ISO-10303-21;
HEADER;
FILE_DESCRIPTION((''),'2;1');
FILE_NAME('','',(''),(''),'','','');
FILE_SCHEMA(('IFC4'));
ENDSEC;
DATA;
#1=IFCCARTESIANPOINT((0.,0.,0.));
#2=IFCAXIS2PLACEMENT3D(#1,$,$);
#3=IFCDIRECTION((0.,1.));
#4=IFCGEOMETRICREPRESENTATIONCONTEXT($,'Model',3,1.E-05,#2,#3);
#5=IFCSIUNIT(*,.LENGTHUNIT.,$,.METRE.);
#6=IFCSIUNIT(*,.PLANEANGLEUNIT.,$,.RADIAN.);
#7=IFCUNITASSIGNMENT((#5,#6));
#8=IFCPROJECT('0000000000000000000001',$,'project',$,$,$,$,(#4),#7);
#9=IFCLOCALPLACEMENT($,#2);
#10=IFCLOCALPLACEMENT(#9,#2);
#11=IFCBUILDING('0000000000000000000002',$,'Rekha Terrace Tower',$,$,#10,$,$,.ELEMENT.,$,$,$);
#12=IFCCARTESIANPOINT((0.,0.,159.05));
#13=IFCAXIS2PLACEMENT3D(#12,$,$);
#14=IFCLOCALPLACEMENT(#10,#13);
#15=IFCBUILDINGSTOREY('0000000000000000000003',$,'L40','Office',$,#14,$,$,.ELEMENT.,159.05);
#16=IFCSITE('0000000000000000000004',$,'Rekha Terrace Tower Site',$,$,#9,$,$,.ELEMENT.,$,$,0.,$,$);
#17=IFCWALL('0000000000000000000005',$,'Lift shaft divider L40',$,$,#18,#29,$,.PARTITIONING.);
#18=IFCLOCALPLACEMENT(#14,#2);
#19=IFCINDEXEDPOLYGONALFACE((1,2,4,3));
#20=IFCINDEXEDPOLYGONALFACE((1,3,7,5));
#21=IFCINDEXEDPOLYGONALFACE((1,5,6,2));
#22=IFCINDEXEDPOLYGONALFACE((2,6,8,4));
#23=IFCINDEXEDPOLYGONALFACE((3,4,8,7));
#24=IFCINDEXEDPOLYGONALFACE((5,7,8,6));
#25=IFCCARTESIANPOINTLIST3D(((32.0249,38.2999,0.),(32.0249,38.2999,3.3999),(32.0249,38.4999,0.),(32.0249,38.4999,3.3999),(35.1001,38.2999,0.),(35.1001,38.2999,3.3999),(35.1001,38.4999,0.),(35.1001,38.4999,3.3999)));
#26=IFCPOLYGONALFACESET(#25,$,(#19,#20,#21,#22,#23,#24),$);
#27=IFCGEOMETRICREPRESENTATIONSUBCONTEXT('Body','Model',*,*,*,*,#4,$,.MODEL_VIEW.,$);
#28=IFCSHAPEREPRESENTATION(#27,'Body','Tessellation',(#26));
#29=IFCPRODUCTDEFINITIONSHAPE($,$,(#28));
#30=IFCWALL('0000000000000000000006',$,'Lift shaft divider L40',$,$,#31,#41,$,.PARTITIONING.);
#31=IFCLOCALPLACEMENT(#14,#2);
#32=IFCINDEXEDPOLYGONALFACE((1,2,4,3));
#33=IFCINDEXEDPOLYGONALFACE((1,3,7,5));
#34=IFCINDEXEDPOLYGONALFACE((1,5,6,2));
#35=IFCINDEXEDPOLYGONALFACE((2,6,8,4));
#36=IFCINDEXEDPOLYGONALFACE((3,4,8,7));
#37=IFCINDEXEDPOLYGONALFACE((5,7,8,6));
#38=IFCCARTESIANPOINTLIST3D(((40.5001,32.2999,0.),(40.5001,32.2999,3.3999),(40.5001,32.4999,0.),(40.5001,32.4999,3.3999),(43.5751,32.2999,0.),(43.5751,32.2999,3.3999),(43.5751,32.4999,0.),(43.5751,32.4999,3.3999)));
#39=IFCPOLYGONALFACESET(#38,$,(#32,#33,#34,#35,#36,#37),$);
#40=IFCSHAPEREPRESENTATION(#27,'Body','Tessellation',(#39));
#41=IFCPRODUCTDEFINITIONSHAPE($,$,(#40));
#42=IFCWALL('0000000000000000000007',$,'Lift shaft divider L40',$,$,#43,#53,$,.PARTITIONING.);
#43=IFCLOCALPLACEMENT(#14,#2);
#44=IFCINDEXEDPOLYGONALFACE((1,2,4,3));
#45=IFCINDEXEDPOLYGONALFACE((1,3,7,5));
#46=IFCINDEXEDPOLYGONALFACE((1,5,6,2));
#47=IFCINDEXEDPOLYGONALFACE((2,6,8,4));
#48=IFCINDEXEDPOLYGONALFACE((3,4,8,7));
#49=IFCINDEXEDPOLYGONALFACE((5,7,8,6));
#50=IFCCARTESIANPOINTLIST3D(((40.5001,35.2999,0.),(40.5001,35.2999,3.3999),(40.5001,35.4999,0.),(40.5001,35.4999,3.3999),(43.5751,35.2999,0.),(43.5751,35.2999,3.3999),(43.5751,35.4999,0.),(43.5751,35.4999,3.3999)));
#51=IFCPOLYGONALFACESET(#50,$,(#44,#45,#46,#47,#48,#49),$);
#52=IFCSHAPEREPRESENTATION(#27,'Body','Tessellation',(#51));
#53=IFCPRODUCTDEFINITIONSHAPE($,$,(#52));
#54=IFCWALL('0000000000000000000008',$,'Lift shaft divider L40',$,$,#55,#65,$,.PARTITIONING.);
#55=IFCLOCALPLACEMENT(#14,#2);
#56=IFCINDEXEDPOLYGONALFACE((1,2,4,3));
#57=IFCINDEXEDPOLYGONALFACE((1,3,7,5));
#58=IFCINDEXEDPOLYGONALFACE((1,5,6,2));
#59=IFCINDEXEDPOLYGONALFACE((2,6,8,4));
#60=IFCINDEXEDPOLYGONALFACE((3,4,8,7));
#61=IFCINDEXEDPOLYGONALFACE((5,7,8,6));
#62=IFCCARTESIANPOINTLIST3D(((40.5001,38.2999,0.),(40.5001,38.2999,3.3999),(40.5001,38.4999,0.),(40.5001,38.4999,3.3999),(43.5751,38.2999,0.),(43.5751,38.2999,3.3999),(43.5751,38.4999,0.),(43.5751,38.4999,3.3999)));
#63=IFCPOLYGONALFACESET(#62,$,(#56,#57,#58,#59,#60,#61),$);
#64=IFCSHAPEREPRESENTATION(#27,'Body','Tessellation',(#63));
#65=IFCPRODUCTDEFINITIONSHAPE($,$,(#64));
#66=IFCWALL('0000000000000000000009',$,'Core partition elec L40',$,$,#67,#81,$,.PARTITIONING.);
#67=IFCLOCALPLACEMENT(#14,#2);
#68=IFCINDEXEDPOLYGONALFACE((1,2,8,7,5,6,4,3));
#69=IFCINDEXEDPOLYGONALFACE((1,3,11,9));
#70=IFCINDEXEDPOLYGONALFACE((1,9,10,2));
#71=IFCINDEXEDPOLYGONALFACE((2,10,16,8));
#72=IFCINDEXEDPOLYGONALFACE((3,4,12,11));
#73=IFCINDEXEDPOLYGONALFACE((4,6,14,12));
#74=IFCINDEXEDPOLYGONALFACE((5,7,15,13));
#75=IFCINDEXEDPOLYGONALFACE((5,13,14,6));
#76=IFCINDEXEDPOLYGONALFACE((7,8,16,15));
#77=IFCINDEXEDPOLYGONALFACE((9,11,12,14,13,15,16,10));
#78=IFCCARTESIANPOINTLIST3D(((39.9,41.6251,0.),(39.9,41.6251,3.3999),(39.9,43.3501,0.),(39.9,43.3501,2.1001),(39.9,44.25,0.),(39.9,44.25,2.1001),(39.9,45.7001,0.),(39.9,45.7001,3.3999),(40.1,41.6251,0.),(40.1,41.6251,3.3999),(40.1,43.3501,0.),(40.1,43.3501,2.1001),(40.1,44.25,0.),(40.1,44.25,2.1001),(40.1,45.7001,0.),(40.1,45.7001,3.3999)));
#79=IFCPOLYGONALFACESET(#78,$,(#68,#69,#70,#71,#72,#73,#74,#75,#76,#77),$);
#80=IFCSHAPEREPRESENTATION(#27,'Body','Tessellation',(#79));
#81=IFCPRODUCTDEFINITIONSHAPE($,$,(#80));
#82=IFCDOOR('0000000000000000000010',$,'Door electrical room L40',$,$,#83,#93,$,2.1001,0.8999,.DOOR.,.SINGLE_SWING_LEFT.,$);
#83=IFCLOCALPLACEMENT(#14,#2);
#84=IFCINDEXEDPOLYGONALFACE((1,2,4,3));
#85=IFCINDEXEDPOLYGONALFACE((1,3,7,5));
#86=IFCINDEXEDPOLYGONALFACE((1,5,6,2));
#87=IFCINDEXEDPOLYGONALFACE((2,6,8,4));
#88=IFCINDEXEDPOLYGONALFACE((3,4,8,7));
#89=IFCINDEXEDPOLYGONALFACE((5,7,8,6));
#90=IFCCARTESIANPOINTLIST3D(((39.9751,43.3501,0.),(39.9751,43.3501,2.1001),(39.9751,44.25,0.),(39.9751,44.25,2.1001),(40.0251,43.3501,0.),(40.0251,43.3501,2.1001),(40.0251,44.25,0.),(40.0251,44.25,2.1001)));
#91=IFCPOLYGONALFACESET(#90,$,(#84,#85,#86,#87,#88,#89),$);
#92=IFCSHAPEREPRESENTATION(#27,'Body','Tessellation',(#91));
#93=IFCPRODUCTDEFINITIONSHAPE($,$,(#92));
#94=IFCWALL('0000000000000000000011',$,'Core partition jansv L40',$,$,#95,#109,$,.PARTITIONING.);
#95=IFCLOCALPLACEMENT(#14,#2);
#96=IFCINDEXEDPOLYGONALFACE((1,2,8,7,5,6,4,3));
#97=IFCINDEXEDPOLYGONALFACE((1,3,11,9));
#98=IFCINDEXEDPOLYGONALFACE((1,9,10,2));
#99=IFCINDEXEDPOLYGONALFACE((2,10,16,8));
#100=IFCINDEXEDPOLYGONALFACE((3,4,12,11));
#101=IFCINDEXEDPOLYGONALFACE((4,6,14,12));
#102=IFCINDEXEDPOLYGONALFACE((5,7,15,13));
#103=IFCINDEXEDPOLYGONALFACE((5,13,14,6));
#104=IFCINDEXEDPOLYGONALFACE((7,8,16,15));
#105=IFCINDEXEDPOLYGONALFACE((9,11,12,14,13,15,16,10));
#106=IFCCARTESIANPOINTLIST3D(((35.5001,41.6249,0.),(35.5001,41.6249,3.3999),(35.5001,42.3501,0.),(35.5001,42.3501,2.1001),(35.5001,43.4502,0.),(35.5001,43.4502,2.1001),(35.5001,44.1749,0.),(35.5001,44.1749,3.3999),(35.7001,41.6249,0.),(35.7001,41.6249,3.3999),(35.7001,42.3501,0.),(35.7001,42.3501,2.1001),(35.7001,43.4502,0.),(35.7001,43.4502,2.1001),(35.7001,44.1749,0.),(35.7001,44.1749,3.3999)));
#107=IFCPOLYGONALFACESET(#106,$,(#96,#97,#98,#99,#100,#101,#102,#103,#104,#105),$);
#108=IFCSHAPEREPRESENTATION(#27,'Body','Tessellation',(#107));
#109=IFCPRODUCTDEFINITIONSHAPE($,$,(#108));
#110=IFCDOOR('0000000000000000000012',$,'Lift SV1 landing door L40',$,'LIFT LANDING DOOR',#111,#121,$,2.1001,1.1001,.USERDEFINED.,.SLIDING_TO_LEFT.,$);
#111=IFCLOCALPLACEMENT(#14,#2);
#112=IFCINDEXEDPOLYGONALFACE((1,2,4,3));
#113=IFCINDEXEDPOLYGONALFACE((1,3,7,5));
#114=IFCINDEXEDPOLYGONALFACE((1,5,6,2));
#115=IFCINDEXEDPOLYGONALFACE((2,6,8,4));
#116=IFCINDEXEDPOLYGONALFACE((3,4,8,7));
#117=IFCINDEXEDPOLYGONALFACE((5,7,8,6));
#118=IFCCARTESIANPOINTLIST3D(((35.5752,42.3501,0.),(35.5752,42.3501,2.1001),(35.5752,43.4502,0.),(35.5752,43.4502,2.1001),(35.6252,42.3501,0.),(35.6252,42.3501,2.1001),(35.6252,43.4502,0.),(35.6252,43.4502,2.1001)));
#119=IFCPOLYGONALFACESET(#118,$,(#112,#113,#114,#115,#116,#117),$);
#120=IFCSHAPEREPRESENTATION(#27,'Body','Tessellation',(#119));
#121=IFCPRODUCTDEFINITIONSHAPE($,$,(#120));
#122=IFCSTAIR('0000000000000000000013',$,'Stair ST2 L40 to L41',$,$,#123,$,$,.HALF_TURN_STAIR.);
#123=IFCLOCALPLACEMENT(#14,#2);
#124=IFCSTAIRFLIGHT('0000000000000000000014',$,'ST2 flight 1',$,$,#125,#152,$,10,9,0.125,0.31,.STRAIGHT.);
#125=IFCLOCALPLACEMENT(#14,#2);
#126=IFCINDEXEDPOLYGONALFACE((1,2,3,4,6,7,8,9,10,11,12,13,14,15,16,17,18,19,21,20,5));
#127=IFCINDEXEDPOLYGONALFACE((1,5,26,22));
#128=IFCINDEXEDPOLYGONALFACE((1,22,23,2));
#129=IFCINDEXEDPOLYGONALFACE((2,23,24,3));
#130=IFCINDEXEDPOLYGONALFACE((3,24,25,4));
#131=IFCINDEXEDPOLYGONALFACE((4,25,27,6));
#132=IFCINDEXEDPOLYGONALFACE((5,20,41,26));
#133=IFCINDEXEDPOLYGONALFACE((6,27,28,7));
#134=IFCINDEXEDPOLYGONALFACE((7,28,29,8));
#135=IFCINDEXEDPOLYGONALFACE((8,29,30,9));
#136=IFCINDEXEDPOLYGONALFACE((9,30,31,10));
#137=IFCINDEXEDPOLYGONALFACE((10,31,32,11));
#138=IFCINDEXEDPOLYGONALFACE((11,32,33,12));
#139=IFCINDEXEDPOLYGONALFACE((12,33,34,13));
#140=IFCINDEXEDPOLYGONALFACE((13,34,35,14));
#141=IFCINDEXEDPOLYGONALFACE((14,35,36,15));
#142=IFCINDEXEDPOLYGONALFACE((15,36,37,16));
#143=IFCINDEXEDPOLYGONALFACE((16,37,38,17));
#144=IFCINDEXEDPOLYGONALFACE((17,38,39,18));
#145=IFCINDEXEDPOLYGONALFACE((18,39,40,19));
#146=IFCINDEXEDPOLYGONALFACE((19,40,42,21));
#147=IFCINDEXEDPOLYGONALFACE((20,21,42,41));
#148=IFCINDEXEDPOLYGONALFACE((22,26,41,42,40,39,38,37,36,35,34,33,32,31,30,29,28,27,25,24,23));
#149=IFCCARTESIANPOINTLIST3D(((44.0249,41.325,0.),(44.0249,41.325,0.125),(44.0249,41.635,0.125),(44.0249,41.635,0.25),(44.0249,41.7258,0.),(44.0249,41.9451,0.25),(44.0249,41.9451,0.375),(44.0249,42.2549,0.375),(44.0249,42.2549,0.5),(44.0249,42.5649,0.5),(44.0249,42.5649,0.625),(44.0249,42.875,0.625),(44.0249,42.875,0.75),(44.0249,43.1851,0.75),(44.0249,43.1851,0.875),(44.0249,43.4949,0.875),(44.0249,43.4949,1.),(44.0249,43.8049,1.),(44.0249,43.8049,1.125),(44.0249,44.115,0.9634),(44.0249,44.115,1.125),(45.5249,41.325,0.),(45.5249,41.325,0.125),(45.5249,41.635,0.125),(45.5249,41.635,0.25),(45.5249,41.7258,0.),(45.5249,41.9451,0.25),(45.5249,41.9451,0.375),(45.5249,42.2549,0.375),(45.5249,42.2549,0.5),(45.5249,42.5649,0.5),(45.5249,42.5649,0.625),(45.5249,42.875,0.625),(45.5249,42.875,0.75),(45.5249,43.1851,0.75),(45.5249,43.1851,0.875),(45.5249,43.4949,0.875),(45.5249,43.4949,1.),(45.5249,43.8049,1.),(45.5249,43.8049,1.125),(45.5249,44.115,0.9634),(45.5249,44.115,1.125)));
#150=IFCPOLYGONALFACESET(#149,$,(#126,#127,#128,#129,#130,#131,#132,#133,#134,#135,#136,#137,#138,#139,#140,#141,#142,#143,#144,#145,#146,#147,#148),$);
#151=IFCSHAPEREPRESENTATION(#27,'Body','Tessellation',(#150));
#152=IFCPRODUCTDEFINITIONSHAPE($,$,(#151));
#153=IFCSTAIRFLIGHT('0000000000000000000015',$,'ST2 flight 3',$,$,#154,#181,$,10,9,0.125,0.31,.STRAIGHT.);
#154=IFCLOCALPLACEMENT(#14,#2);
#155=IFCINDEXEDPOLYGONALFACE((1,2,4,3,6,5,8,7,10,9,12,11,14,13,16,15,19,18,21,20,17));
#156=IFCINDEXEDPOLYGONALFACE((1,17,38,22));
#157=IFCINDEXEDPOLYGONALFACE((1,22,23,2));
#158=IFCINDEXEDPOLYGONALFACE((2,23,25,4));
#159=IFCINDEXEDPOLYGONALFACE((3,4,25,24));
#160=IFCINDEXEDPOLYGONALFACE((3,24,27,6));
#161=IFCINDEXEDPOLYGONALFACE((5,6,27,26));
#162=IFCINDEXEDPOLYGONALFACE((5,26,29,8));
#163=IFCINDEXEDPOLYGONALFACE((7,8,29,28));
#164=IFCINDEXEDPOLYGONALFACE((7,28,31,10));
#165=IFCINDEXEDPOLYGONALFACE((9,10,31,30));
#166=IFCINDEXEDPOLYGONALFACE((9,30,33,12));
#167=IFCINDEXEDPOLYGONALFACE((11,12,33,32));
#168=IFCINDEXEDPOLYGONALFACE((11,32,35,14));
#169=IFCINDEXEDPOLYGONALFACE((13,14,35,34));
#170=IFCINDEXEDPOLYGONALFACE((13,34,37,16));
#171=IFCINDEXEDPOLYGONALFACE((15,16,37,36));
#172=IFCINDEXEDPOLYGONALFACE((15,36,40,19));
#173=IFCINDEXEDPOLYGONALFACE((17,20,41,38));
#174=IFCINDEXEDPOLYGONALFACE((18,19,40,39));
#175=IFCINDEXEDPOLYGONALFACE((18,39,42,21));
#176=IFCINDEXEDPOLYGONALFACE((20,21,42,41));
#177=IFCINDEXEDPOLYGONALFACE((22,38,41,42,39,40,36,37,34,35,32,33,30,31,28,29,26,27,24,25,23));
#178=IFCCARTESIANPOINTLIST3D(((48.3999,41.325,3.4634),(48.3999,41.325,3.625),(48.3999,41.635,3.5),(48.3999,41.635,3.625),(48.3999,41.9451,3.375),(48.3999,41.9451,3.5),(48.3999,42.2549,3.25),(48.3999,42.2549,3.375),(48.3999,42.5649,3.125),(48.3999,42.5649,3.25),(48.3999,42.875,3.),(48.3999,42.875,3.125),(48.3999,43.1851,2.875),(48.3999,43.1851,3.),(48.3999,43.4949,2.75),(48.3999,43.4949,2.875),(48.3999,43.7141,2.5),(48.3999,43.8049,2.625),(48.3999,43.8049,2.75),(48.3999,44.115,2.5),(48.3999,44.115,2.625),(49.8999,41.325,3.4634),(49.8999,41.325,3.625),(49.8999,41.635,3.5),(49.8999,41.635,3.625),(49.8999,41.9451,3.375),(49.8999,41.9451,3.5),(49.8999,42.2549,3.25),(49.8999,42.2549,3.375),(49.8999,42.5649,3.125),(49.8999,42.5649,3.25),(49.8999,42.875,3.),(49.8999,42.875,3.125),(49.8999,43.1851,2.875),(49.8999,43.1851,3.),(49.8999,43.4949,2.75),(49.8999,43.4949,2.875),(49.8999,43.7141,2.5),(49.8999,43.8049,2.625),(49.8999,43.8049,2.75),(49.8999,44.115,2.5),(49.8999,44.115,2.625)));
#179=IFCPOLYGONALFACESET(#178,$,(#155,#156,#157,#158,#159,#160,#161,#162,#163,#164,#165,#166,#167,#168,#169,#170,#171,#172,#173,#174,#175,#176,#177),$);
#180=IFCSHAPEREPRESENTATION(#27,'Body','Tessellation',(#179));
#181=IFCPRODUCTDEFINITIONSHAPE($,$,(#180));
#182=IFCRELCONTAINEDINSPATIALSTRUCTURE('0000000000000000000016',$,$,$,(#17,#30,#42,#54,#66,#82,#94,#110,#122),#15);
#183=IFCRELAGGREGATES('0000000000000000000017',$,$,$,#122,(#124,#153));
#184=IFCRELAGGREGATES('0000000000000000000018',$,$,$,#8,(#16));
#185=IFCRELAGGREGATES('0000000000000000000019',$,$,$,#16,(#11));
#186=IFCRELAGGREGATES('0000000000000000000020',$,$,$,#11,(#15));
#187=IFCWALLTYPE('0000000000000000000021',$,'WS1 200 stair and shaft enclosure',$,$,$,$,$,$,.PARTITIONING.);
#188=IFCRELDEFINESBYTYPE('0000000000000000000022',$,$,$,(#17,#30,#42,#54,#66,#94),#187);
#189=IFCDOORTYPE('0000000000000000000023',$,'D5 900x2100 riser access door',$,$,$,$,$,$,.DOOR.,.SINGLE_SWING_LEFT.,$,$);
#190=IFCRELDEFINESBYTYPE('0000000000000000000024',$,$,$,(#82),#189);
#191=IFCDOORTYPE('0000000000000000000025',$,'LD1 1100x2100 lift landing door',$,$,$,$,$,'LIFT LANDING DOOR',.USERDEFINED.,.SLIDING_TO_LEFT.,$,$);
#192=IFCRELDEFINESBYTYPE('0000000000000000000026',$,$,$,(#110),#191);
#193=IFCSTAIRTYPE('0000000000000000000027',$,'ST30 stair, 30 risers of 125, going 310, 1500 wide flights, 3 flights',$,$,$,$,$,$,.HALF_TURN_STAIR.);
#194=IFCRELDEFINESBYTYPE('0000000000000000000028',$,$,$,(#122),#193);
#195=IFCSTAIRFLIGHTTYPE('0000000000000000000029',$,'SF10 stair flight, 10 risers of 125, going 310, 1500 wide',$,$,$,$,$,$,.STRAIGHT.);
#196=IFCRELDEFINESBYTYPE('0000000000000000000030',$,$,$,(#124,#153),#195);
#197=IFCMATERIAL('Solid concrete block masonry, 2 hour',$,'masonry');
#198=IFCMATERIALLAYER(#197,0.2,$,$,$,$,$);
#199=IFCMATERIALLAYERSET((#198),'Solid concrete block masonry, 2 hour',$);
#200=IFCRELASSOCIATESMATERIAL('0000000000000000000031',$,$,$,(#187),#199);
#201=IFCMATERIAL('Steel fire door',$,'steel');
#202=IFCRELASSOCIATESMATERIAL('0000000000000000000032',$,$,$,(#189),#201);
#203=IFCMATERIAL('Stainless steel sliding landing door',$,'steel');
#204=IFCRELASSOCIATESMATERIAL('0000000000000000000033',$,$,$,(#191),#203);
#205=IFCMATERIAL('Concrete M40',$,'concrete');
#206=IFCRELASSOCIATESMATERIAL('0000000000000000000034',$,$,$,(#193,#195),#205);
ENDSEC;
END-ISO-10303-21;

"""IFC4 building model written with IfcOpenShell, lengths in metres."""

from ifc_helpers import new_model, si_unit, direction, frame, frame_2d, origin, place, context, subcontext, project, spatial, polyline, rectangle, outline, extrude, material, layer, layer_set, type_object, element, fill, aggregate, save


model = new_model("IFC4")

# Units and contexts
model_context = context("Model", 3, precision=1e-05, world=origin(), true_north=direction((0.0, 1.0)))
body_context = subcontext(model_context, "Body", "Model", "MODEL_VIEW")
ifc_project = project(units=[si_unit("LENGTHUNIT", "METRE"), si_unit("PLANEANGLEUNIT", "RADIAN")], contexts=[model_context])

# Site, building, storey
site_placement = place(None, origin())
site = spatial("IfcSite", under=ifc_project, at=site_placement, Name="Rekha Terrace Tower Site", CompositionType="ELEMENT", RefElevation=0.0)
building_placement = place(site_placement, origin())
building = spatial("IfcBuilding", under=site, at=building_placement, Name="Rekha Terrace Tower", CompositionType="ELEMENT")
storey_placement = place(building_placement, frame((0.0, 0.0, 159.05)))
storey = spatial("IfcBuildingStorey", under=building, at=storey_placement, Name="L40", Description="Office", CompositionType="ELEMENT", Elevation=159.05)

# Shared definitions
ifc_material_1 = material(Name="Stainless steel sliding landing door", Category="steel")
ifc_material_2 = material(Name="Steel fire door", Category="steel")

# Walls
ifc_material_3 = material(Name="Solid concrete block masonry, 2 hour", Category="masonry")
ifc_layer_1 = layer(ifc_material_3, 0.2)
ifc_layer_set_1 = layer_set([ifc_layer_1], Name="Solid concrete block masonry, 2 hour")
wall_type_1 = type_object("IfcWallType", Name="WS1 200 stair and shaft enclosure", PredefinedType="PARTITIONING", material=ifc_layer_set_1)
for number, where, z_axis, x_axis, name in (
    (1, (32.0249, 38.3999, 0.0), (0.0, 0.0, 1.0), (1.0, 0.0, 0.0), "Lift shaft divider L40"),
):
    element("IfcWall", number, at=place(storey_placement, frame(where, z_axis=z_axis, x_axis=x_axis)), inside=storey, type_object=wall_type_1, Name=name, PredefinedType="PARTITIONING", context=body_context, shape_type="SweptSolid", body=[
        extrude(rectangle(XDim=3.0752, YDim=0.2, at=frame_2d((1.5376, 0.0))), origin(), (0.0, 0.0, 1.0), 3.3999),
    ])
for number, where, z_axis, x_axis, name in (
    (2, (40.5, 32.3999, 0.0), (0.0, 0.0, 1.0), (1.0, 0.0, 0.0), "Lift shaft divider L40"),
    (3, (40.5, 35.3999, 0.0), (0.0, 0.0, 1.0), (1.0, 0.0, 0.0), "Lift shaft divider L40"),
    (4, (40.5, 38.3999, 0.0), (0.0, 0.0, 1.0), (1.0, 0.0, 0.0), "Lift shaft divider L40"),
):
    element("IfcWall", number, at=place(storey_placement, frame(where, z_axis=z_axis, x_axis=x_axis)), inside=storey, type_object=wall_type_1, Name=name, PredefinedType="PARTITIONING", context=body_context, shape_type="SweptSolid", body=[
        extrude(rectangle(XDim=3.075, YDim=0.2, at=frame_2d((1.5376, 0.0))), origin(), (0.0, 0.0, 1.0), 3.3999),
    ])

# Walls, openings, doors
wall_1_placement = place(storey_placement, frame((40.0, 41.625, 0.0), z_axis=(0.0, 0.0, 1.0), x_axis=(0.0, 1.0, 0.0)))
wall_1 = element("IfcWall", 5, at=wall_1_placement, inside=storey, type_object=wall_type_1, Name="Core partition elec L40", PredefinedType="PARTITIONING", context=body_context, shape_type="SweptSolid", body=[
    extrude(rectangle(XDim=4.075, YDim=0.2, at=frame_2d((2.0376, 0.0))), origin(), (0.0, 0.0, 1.0), 3.3999),
])
opening_1_placement = place(wall_1_placement, frame((1.7251, 0.0, 0.0)))
opening_1 = element("IfcOpeningElement", 6, at=opening_1_placement, cuts=wall_1, PredefinedType="OPENING", context=body_context, shape_type="SweptSolid", body=[
    extrude(rectangle(XDim=0.8999, YDim=2.1001, at=frame_2d((0.45, 1.05))), frame((0.0, 0.1099, 0.0), z_axis=(0.0, -1.0, 0.0), x_axis=(1.0, 0.0, 0.0)), (0.0, 0.0, 1.0), 0.22),
])
door_type_1 = type_object("IfcDoorType", Name="D5 900x2100 riser access door", OperationType="SINGLE_SWING_LEFT", PredefinedType="DOOR", material=ifc_material_2)
door_1_placement = place(opening_1_placement, origin())
door_1 = element("IfcDoor", 7, at=door_1_placement, inside=storey, type_object=door_type_1, Name="Door electrical room L40", OperationType="SINGLE_SWING_LEFT", OverallHeight=2.1001, OverallWidth=0.8999, PredefinedType="DOOR", context=body_context, shape_type="SweptSolid", body=[
    extrude(rectangle(XDim=0.8999, YDim=2.1001, at=frame_2d((0.45, 1.05))), frame((0.0, 0.0249, 0.0), z_axis=(0.0, -1.0, 0.0), x_axis=(1.0, 0.0, 0.0)), (0.0, 0.0, 1.0), 0.05),
])
fill(opening_1, door_1)
wall_2_placement = place(storey_placement, frame((35.6001, 41.625, 0.0), z_axis=(0.0, 0.0, 1.0), x_axis=(0.0, 1.0, 0.0)))
wall_2 = element("IfcWall", 8, at=wall_2_placement, inside=storey, type_object=wall_type_1, Name="Core partition jansv L40", PredefinedType="PARTITIONING", context=body_context, shape_type="SweptSolid", body=[
    extrude(rectangle(XDim=2.55, YDim=0.2, at=frame_2d((1.2749, 0.0))), origin(), (0.0, 0.0, 1.0), 3.3999),
])
opening_2_placement = place(wall_2_placement, frame((0.7251, 0.0, 0.0)))
opening_2 = element("IfcOpeningElement", 9, at=opening_2_placement, cuts=wall_2, PredefinedType="OPENING", context=body_context, shape_type="SweptSolid", body=[
    extrude(rectangle(XDim=1.1001, YDim=2.1001, at=frame_2d((0.55, 1.05))), frame((0.0, 0.1099, 0.0), z_axis=(0.0, -1.0, 0.0), x_axis=(1.0, 0.0, 0.0)), (0.0, 0.0, 1.0), 0.22),
])
door_type_2 = type_object("IfcDoorType", Name="LD1 1100x2100 lift landing door", ElementType="LIFT LANDING DOOR", OperationType="SLIDING_TO_LEFT", PredefinedType="USERDEFINED", material=ifc_material_1)
door_2_placement = place(opening_2_placement, origin())
door_2 = element("IfcDoor", 10, at=door_2_placement, inside=storey, type_object=door_type_2, Name="Lift SV1 landing door L40", ObjectType="LIFT LANDING DOOR", OperationType="SLIDING_TO_LEFT", OverallHeight=2.1001, OverallWidth=1.1001, PredefinedType="USERDEFINED", context=body_context, shape_type="SweptSolid", body=[
    extrude(rectangle(XDim=1.1001, YDim=2.1001, at=frame_2d((0.55, 1.05))), frame((0.0, 0.0249, 0.0), z_axis=(0.0, -1.0, 0.0), x_axis=(1.0, 0.0, 0.0)), (0.0, 0.0, 1.0), 0.05),
])
fill(opening_2, door_2)

# Stair, stair flights
ifc_material_4 = material(Name="Concrete M40", Category="concrete")
stair_type = type_object("IfcStairType", Name="ST30 stair, 30 risers of 125, going 310, 1500 wide flights, 3 flights", PredefinedType="HALF_TURN_STAIR", material=ifc_material_4)
stair_placement = place(storey_placement, origin())
stair = element("IfcStair", 11, at=stair_placement, inside=storey, type_object=stair_type, Name="Stair ST2 L40 to L41", PredefinedType="HALF_TURN_STAIR")
stair_flight_type = type_object("IfcStairFlightType", Name="SF10 stair flight, 10 risers of 125, going 310, 1500 wide", PredefinedType="STRAIGHT", material=ifc_material_4)
stair_flight_1_placement = place(storey_placement, frame((44.7749, 41.325, 0.0), z_axis=(0.0, 0.0, 1.0), x_axis=(0.0, 1.0, 0.0)))
stair_flight_1 = element("IfcStairFlight", 12, at=stair_flight_1_placement, type_object=stair_flight_type, Name="ST2 flight 1", NumberOfRisers=10, NumberOfTreads=9, PredefinedType="STRAIGHT", RiserHeight=0.125, TreadLength=0.31, context=body_context, shape_type="SweptSolid", body=[
    extrude(outline(polyline([(0.0, 0.0), (0.0, 0.125), (0.3101, 0.125), (0.3101, 0.25), (0.6201, 0.25), (0.6201, 0.375), (0.9299, 0.375), (0.9299, 0.5), (1.24, 0.5), (1.24, 0.625), (1.55, 0.625), (1.55, 0.75), (1.8601, 0.75), (1.8601, 0.875), (2.1699, 0.875), (2.1699, 1.0), (2.48, 1.0), (2.48, 1.125), (2.79, 1.125), (2.79, 1.25), (2.79, 0.9634), (0.4009, 0.0), (0.0, 0.0)])), frame((0.0, 0.75, 0.0), z_axis=(0.0, -1.0, 0.0), x_axis=(1.0, 0.0, 0.0)), (0.0, 0.0, 1.0), 1.5),
])
stair_flight_2_placement = place(storey_placement, frame((49.1499, 44.115, 2.5), z_axis=(0.0, 0.0, 1.0), x_axis=(0.0, -1.0, 0.0)))
stair_flight_2 = element("IfcStairFlight", 13, at=stair_flight_2_placement, type_object=stair_flight_type, Name="ST2 flight 3", NumberOfRisers=10, NumberOfTreads=9, PredefinedType="STRAIGHT", RiserHeight=0.125, TreadLength=0.31, context=body_context, shape_type="SweptSolid", body=[
    extrude(outline(polyline([(0.0, 0.0), (0.0, 0.125), (0.3101, 0.125), (0.3101, 0.25), (0.6201, 0.25), (0.6201, 0.375), (0.9299, 0.375), (0.9299, 0.5), (1.24, 0.5), (1.24, 0.625), (1.55, 0.625), (1.55, 0.75), (1.8601, 0.75), (1.8601, 0.875), (2.1699, 0.875), (2.1699, 1.0), (2.48, 1.0), (2.48, 1.125), (2.79, 1.125), (2.79, 1.25), (2.79, 0.9634), (0.4009, 0.0), (0.0, 0.0)])), frame((0.0, 0.75, 0.0), z_axis=(0.0, -1.0, 0.0), x_axis=(1.0, 0.0, 0.0)), (0.0, 0.0, 1.0), 1.5),
])
aggregate(stair, [stair_flight_1, stair_flight_2])

save(model, "model.ifc")
